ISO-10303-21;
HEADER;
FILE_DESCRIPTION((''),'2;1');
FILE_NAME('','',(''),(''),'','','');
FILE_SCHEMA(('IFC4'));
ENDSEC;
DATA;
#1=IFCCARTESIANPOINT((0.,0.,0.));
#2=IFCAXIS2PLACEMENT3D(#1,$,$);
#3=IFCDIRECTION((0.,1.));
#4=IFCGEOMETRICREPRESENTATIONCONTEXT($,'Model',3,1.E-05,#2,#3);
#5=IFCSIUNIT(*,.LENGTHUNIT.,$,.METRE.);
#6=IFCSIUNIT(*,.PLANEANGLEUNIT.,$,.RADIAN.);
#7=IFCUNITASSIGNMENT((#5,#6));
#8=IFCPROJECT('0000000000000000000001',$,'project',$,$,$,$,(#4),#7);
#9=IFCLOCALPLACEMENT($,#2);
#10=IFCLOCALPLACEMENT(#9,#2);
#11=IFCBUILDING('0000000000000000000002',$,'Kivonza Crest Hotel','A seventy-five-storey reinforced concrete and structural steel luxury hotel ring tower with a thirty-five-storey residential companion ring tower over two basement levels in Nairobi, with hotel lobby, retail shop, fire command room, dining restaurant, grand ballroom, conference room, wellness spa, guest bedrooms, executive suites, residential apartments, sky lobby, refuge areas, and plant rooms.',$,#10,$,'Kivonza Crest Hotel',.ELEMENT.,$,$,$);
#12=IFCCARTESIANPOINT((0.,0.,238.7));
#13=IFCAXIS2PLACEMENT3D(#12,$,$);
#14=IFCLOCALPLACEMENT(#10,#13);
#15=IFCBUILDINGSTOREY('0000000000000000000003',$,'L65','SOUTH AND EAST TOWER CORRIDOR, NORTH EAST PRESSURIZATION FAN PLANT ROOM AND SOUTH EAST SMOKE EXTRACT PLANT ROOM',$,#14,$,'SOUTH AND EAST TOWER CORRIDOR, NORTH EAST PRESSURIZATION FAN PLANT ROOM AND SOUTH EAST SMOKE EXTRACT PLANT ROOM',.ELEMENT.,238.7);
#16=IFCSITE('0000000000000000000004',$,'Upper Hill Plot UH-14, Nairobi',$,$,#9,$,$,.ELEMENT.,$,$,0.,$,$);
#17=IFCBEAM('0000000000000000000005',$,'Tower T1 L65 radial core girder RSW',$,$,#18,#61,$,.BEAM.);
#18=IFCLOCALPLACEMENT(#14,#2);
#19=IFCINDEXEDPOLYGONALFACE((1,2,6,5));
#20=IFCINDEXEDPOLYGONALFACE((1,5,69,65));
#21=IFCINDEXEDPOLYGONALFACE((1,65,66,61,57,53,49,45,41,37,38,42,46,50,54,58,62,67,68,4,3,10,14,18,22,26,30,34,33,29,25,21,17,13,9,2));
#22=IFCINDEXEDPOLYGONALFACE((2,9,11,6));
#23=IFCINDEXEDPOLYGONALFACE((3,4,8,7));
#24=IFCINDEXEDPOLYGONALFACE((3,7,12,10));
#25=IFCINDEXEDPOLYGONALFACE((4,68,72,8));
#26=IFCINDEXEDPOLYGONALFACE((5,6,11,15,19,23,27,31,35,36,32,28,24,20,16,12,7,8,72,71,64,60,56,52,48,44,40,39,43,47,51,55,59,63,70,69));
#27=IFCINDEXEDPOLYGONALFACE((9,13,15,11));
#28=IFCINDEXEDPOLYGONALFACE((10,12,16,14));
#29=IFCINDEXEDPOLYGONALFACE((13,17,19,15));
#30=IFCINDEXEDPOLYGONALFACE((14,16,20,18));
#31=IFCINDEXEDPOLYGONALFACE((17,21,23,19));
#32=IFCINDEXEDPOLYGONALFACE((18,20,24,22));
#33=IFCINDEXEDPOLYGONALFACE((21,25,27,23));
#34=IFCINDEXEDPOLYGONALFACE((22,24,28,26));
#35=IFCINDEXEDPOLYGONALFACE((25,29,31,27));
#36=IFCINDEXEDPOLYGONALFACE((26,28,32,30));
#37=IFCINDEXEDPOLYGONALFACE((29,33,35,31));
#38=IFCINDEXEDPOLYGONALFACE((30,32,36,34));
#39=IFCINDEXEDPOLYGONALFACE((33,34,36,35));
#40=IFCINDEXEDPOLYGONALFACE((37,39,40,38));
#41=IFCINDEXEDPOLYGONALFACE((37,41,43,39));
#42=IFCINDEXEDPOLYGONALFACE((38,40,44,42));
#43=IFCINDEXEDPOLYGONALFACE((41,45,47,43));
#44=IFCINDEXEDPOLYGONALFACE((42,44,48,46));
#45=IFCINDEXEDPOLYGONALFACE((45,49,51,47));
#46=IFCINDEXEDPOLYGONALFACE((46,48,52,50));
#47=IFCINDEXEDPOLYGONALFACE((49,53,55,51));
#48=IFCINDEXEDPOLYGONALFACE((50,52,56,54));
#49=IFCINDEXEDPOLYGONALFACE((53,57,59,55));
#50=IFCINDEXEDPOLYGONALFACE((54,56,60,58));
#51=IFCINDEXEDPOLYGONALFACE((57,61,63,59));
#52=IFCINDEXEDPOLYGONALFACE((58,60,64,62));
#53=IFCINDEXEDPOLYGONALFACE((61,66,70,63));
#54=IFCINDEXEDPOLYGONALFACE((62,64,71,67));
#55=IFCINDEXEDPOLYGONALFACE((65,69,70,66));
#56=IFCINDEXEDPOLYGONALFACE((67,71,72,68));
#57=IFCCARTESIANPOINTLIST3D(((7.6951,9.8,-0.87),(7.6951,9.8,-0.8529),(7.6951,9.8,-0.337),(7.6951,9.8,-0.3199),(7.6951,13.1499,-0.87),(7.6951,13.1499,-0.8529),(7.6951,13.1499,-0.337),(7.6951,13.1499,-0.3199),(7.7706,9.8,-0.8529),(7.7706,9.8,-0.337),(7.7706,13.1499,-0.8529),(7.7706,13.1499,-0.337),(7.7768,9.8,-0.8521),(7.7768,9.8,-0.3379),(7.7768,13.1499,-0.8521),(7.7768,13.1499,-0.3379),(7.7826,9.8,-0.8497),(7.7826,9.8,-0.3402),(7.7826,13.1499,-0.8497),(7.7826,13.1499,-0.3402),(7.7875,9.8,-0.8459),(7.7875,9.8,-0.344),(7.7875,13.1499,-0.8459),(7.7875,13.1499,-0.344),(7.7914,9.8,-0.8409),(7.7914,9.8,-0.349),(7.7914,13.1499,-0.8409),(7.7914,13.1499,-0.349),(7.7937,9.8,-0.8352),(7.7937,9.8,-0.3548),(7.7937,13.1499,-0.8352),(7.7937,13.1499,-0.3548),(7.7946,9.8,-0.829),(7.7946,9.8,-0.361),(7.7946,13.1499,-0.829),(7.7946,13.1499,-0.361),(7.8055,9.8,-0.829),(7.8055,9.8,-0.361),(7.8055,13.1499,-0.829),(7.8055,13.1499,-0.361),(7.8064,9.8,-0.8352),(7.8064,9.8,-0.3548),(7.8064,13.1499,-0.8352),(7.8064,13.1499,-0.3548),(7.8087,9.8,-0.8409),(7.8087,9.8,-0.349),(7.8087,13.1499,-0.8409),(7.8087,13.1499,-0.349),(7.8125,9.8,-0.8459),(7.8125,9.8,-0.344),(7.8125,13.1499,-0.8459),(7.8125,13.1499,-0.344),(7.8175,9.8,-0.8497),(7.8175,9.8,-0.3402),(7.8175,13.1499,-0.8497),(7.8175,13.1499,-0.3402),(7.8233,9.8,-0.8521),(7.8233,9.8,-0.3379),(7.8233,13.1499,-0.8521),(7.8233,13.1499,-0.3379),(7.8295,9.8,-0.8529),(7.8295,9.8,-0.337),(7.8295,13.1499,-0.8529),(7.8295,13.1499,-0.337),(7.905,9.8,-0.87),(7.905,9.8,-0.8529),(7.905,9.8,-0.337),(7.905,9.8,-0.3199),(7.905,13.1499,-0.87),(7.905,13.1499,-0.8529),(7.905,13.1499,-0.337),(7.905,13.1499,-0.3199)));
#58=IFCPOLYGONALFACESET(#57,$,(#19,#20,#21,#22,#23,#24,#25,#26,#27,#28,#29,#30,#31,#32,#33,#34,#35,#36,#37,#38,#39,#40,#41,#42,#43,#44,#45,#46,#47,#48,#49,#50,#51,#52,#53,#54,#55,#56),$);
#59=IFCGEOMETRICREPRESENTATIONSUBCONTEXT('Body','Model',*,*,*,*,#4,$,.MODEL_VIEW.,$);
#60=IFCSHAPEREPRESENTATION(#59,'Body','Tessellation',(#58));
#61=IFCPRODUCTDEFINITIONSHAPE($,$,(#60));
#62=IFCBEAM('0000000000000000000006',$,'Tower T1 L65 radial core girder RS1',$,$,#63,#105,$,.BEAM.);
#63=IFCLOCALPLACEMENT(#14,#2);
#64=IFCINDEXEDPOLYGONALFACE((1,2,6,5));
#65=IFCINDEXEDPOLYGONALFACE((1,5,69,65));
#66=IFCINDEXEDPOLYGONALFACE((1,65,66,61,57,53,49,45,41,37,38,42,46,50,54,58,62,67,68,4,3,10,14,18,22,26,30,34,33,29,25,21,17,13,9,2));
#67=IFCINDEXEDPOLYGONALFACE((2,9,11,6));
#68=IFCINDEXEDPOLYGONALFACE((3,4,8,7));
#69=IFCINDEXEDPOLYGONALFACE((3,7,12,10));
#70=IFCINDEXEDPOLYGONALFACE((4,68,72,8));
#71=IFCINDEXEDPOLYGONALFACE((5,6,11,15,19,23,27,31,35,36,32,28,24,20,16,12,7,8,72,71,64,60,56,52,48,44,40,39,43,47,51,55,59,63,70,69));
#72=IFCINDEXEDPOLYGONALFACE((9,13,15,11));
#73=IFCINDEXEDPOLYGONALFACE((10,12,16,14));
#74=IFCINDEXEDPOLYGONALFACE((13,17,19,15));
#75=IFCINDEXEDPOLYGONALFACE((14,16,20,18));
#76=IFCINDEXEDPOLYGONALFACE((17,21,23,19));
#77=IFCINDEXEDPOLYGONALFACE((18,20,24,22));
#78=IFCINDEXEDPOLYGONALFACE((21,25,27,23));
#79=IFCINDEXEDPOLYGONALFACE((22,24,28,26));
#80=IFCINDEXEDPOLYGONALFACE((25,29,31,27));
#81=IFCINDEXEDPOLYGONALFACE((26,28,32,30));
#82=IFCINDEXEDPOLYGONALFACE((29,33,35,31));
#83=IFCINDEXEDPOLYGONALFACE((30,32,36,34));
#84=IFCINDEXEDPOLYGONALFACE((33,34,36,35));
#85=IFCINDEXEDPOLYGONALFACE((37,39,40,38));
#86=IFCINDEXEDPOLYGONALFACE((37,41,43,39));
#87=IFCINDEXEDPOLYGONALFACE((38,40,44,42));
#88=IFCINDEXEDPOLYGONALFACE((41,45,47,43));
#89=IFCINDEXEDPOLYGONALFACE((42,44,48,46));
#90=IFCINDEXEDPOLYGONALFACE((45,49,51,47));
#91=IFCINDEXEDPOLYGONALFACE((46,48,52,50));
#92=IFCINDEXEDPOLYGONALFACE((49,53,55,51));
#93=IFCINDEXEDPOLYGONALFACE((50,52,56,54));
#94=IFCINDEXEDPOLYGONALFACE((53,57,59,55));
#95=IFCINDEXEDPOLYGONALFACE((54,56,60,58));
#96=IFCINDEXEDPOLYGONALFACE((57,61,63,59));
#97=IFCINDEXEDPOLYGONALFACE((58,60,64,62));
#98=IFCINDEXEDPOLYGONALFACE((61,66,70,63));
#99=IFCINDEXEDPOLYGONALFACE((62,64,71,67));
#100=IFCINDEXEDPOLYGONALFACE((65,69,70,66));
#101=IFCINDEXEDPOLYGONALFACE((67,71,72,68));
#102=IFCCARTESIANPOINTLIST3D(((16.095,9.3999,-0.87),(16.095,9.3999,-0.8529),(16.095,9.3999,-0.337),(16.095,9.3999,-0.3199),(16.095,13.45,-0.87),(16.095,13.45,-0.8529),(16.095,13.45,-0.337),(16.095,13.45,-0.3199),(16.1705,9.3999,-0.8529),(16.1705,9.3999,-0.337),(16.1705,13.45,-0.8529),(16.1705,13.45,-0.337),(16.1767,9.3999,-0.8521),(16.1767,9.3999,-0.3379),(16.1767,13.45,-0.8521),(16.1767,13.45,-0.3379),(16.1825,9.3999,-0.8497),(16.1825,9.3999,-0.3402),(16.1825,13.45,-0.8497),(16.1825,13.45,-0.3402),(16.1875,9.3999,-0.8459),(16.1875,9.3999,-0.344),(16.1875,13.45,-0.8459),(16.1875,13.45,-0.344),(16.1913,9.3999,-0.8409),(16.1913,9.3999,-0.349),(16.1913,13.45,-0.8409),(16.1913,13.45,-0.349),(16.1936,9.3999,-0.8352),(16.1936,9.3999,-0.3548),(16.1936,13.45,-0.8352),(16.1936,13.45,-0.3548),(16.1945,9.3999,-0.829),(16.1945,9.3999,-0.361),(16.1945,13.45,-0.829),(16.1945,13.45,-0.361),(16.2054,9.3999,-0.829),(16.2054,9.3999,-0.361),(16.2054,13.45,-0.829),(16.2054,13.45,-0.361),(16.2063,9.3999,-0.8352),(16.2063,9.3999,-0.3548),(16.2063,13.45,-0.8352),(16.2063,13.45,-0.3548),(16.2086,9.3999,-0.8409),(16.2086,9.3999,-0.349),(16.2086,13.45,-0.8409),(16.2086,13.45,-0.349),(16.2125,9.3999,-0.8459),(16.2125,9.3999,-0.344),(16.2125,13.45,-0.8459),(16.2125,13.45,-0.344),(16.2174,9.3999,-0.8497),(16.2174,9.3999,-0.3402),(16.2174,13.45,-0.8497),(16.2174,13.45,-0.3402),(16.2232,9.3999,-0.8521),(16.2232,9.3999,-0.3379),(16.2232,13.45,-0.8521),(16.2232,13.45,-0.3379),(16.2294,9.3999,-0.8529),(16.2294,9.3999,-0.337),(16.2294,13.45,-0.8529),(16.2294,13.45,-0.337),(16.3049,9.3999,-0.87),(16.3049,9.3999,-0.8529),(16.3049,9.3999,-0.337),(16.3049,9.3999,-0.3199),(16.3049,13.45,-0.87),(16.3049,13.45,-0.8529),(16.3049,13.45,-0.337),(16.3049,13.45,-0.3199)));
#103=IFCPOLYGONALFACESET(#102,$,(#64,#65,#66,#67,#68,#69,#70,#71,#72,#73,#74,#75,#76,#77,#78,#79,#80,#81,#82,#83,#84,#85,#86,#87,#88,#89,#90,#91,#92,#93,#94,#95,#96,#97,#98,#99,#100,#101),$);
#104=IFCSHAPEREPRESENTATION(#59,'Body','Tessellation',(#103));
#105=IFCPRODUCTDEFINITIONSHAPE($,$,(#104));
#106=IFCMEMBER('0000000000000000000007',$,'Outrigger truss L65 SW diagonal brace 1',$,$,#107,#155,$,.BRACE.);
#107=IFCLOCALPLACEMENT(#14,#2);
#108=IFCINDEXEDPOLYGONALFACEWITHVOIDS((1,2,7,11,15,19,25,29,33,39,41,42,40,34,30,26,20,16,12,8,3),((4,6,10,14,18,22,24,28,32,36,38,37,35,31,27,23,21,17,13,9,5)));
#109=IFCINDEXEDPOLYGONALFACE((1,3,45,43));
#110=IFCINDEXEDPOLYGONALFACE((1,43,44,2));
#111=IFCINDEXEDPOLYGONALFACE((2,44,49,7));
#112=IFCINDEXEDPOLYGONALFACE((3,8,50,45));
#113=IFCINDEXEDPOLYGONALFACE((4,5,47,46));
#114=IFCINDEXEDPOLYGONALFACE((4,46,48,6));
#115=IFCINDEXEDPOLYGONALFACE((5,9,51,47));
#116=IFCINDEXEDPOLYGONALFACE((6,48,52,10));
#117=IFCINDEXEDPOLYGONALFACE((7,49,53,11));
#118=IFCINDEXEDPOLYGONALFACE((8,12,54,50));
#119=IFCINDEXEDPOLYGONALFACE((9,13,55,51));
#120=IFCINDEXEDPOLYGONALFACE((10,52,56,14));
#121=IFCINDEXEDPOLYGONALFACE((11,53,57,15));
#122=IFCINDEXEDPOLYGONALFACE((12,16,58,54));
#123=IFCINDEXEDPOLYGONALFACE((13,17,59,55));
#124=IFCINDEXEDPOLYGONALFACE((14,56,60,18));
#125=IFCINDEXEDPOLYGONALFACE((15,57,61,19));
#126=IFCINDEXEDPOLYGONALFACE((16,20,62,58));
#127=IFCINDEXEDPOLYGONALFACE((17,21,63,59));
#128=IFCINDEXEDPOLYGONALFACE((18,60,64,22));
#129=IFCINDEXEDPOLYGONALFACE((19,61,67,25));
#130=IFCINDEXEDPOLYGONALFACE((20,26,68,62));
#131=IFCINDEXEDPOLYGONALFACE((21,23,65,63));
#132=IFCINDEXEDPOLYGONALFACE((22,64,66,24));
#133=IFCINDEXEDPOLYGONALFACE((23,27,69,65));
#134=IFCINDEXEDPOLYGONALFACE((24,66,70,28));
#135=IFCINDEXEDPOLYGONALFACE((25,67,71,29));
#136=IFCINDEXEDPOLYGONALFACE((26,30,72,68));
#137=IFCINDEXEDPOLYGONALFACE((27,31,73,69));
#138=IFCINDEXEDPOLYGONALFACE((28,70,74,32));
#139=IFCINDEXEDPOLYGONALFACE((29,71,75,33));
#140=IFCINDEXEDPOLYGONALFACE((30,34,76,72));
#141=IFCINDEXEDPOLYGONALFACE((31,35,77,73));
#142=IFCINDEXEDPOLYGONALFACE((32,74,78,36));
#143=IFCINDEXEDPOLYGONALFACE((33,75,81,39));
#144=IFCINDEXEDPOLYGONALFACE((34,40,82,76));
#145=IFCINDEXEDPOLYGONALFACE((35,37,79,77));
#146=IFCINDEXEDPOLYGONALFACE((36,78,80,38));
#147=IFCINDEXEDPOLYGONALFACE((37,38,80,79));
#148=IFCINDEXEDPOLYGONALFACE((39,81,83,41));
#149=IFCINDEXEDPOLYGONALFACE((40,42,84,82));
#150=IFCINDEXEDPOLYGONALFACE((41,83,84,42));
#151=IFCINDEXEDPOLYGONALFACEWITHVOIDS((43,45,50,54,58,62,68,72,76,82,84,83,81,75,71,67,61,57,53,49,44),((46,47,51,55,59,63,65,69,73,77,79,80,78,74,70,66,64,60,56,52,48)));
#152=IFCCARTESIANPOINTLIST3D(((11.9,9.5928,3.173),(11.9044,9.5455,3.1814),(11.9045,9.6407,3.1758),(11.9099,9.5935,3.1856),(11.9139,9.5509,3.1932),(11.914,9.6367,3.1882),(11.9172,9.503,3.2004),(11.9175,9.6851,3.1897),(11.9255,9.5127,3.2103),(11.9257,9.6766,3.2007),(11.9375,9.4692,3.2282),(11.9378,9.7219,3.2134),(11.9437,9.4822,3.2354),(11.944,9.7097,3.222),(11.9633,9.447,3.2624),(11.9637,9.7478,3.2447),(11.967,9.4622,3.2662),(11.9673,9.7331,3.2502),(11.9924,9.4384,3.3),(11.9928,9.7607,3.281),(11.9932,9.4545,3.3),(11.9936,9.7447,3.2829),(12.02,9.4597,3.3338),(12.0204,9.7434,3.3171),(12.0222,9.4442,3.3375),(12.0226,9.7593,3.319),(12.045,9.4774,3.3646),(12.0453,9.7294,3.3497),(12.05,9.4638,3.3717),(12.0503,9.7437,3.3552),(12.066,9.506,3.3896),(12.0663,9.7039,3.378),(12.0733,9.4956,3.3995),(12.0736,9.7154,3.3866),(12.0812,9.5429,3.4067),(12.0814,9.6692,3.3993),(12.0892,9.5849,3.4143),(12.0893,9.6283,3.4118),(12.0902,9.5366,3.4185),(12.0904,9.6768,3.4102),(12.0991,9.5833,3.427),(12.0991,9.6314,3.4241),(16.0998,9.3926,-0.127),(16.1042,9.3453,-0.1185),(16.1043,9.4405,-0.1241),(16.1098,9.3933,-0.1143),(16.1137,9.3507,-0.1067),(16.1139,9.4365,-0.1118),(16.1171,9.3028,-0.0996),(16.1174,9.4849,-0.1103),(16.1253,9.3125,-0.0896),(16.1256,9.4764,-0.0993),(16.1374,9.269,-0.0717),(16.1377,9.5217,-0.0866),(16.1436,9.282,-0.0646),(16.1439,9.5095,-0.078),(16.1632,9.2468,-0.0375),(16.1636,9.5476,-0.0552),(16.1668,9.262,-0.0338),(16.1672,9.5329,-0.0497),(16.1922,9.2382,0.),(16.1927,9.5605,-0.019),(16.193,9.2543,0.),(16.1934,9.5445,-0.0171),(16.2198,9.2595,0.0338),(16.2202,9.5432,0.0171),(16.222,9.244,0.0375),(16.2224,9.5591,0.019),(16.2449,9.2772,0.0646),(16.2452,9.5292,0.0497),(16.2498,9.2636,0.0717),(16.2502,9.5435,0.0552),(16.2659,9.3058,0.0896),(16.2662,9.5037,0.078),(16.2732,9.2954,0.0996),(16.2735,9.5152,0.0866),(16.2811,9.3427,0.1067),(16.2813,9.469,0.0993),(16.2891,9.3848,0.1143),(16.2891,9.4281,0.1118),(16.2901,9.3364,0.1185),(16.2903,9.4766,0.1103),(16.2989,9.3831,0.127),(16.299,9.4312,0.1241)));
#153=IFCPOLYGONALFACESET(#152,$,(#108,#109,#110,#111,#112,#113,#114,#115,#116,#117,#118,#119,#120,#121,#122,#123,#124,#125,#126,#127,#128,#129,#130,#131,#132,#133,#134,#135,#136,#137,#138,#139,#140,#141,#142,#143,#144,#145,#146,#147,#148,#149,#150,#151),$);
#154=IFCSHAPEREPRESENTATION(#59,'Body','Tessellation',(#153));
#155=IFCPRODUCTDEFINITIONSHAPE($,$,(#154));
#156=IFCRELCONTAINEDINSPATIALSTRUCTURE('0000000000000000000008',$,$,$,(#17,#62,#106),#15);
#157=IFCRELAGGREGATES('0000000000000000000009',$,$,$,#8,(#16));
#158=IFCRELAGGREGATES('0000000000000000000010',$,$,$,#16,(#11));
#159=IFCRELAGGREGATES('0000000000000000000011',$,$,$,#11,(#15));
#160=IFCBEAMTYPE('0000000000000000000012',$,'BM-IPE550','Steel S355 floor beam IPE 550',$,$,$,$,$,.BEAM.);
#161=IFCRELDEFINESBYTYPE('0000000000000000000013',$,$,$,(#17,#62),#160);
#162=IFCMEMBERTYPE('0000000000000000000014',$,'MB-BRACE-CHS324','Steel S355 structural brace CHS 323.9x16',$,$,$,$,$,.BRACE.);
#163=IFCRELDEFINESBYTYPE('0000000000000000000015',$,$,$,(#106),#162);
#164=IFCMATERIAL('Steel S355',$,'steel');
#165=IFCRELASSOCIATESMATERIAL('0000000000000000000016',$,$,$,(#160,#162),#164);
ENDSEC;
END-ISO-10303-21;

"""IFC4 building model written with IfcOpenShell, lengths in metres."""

from ifc_helpers import new_model, si_unit, direction, frame, origin, origin_2d, place, context, subcontext, project, spatial, hollow_circle, i_section, extrude, material, material_profile, profile_set, type_object, element, save


model = new_model("IFC4")

# Units and contexts
model_context = context("Model", 3, precision=1e-05, world=origin(), true_north=direction((0.0, 1.0)))
body_context = subcontext(model_context, "Body", "Model", "MODEL_VIEW")
ifc_project = project(units=[si_unit("LENGTHUNIT", "METRE"), si_unit("PLANEANGLEUNIT", "RADIAN")], contexts=[model_context])

# Site, building, storey
site_placement = place(None, origin())
site = spatial("IfcSite", under=ifc_project, at=site_placement, Name="Upper Hill Plot UH-14, Nairobi", CompositionType="ELEMENT", RefElevation=0.0)
building_placement = place(site_placement, origin())
building = spatial("IfcBuilding", under=site, at=building_placement, Name="Kivonza Crest Hotel", Description="A seventy-five-storey reinforced concrete and structural steel luxury hotel ring tower with a thirty-five-storey residential companion ring tower over two basement levels in Nairobi, with hotel lobby, retail shop, fire command room, dining restaurant, grand ballroom, conference room, wellness spa, guest bedrooms, executive suites, residential apartments, sky lobby, refuge areas, and plant rooms.", LongName="Kivonza Crest Hotel", CompositionType="ELEMENT")
storey_placement = place(building_placement, frame((0.0, 0.0, 238.7)))
storey = spatial("IfcBuildingStorey", under=building, at=storey_placement, Name="L65", Description="SOUTH AND EAST TOWER CORRIDOR, NORTH EAST PRESSURIZATION FAN PLANT ROOM AND SOUTH EAST SMOKE EXTRACT PLANT ROOM", LongName="SOUTH AND EAST TOWER CORRIDOR, NORTH EAST PRESSURIZATION FAN PLANT ROOM AND SOUTH EAST SMOKE EXTRACT PLANT ROOM", CompositionType="ELEMENT", Elevation=238.7)

# Shared definitions
ifc_material_1 = material(Name="Steel S355", Category="steel")

# Beams
ifc_material_profile_1 = material_profile(ifc_material_1, i_section(OverallWidth=0.21, OverallDepth=0.55, WebThickness=0.011, FlangeThickness=0.0171, FilletRadius=0.0239, at=origin_2d()), Name="IPE 550")
ifc_profile_set_1 = profile_set([ifc_material_profile_1], Name="Steel S355")
beam_type_1 = type_object("IfcBeamType", Name="BM-IPE550", Description="Steel S355 floor beam IPE 550", PredefinedType="BEAM", material=ifc_profile_set_1)
beam_1_placement = place(storey_placement, frame((7.8, 9.8, -0.595), z_axis=(0.0, 1.0, 0.0), x_axis=(-1.0, 0.0, 0.0)))
element("IfcBeam", 1, at=beam_1_placement, inside=storey, type_object=beam_type_1, Name="Tower T1 L65 radial core girder RSW", PredefinedType="BEAM", context=body_context, shape_type="SweptSolid", body=[
    extrude(i_section(OverallWidth=0.21, OverallDepth=0.55, WebThickness=0.011, FlangeThickness=0.0171, FilletRadius=0.0239, at=origin_2d()), origin(), (0.0, 0.0, 1.0), 3.3499),
])
beam_2_placement = place(storey_placement, frame((16.2, 9.3999, -0.595), z_axis=(0.0, 1.0, 0.0), x_axis=(-1.0, 0.0, 0.0)))
element("IfcBeam", 2, at=beam_2_placement, inside=storey, type_object=beam_type_1, Name="Tower T1 L65 radial core girder RS1", PredefinedType="BEAM", context=body_context, shape_type="SweptSolid", body=[
    extrude(i_section(OverallWidth=0.21, OverallDepth=0.55, WebThickness=0.011, FlangeThickness=0.0171, FilletRadius=0.0239, at=origin_2d()), origin(), (0.0, 0.0, 1.0), 4.05),
])

# Member
ifc_material_profile_2 = material_profile(ifc_material_1, hollow_circle(Radius=0.1619, WallThickness=0.0161, at=origin_2d()), Name="CHS 323.9x16")
ifc_profile_set_2 = profile_set([ifc_material_profile_2], Name="Steel S355")
member_type_1 = type_object("IfcMemberType", Name="MB-BRACE-CHS324", Description="Steel S355 structural brace CHS 323.9x16", PredefinedType="BRACE", material=ifc_profile_set_2)
for number, where, z_axis, x_axis, name in (
    (3, (16.2, 9.3999, 0.0), (-0.785759, 0.037454, 0.617398), (-0.047612, -0.998866, 0.0), "Outrigger truss L65 SW diagonal brace 1"),
):
    element("IfcMember", number, at=place(storey_placement, frame(where, z_axis=z_axis, x_axis=x_axis)), inside=storey, type_object=member_type_1, Name=name, PredefinedType="BRACE", context=body_context, shape_type="SweptSolid", body=[
        extrude(hollow_circle(Radius=0.1619, WallThickness=0.0161, at=origin_2d()), origin(), (0.0, 0.0, 1.0), 5.345),
    ])

save(model, "model.ifc")
